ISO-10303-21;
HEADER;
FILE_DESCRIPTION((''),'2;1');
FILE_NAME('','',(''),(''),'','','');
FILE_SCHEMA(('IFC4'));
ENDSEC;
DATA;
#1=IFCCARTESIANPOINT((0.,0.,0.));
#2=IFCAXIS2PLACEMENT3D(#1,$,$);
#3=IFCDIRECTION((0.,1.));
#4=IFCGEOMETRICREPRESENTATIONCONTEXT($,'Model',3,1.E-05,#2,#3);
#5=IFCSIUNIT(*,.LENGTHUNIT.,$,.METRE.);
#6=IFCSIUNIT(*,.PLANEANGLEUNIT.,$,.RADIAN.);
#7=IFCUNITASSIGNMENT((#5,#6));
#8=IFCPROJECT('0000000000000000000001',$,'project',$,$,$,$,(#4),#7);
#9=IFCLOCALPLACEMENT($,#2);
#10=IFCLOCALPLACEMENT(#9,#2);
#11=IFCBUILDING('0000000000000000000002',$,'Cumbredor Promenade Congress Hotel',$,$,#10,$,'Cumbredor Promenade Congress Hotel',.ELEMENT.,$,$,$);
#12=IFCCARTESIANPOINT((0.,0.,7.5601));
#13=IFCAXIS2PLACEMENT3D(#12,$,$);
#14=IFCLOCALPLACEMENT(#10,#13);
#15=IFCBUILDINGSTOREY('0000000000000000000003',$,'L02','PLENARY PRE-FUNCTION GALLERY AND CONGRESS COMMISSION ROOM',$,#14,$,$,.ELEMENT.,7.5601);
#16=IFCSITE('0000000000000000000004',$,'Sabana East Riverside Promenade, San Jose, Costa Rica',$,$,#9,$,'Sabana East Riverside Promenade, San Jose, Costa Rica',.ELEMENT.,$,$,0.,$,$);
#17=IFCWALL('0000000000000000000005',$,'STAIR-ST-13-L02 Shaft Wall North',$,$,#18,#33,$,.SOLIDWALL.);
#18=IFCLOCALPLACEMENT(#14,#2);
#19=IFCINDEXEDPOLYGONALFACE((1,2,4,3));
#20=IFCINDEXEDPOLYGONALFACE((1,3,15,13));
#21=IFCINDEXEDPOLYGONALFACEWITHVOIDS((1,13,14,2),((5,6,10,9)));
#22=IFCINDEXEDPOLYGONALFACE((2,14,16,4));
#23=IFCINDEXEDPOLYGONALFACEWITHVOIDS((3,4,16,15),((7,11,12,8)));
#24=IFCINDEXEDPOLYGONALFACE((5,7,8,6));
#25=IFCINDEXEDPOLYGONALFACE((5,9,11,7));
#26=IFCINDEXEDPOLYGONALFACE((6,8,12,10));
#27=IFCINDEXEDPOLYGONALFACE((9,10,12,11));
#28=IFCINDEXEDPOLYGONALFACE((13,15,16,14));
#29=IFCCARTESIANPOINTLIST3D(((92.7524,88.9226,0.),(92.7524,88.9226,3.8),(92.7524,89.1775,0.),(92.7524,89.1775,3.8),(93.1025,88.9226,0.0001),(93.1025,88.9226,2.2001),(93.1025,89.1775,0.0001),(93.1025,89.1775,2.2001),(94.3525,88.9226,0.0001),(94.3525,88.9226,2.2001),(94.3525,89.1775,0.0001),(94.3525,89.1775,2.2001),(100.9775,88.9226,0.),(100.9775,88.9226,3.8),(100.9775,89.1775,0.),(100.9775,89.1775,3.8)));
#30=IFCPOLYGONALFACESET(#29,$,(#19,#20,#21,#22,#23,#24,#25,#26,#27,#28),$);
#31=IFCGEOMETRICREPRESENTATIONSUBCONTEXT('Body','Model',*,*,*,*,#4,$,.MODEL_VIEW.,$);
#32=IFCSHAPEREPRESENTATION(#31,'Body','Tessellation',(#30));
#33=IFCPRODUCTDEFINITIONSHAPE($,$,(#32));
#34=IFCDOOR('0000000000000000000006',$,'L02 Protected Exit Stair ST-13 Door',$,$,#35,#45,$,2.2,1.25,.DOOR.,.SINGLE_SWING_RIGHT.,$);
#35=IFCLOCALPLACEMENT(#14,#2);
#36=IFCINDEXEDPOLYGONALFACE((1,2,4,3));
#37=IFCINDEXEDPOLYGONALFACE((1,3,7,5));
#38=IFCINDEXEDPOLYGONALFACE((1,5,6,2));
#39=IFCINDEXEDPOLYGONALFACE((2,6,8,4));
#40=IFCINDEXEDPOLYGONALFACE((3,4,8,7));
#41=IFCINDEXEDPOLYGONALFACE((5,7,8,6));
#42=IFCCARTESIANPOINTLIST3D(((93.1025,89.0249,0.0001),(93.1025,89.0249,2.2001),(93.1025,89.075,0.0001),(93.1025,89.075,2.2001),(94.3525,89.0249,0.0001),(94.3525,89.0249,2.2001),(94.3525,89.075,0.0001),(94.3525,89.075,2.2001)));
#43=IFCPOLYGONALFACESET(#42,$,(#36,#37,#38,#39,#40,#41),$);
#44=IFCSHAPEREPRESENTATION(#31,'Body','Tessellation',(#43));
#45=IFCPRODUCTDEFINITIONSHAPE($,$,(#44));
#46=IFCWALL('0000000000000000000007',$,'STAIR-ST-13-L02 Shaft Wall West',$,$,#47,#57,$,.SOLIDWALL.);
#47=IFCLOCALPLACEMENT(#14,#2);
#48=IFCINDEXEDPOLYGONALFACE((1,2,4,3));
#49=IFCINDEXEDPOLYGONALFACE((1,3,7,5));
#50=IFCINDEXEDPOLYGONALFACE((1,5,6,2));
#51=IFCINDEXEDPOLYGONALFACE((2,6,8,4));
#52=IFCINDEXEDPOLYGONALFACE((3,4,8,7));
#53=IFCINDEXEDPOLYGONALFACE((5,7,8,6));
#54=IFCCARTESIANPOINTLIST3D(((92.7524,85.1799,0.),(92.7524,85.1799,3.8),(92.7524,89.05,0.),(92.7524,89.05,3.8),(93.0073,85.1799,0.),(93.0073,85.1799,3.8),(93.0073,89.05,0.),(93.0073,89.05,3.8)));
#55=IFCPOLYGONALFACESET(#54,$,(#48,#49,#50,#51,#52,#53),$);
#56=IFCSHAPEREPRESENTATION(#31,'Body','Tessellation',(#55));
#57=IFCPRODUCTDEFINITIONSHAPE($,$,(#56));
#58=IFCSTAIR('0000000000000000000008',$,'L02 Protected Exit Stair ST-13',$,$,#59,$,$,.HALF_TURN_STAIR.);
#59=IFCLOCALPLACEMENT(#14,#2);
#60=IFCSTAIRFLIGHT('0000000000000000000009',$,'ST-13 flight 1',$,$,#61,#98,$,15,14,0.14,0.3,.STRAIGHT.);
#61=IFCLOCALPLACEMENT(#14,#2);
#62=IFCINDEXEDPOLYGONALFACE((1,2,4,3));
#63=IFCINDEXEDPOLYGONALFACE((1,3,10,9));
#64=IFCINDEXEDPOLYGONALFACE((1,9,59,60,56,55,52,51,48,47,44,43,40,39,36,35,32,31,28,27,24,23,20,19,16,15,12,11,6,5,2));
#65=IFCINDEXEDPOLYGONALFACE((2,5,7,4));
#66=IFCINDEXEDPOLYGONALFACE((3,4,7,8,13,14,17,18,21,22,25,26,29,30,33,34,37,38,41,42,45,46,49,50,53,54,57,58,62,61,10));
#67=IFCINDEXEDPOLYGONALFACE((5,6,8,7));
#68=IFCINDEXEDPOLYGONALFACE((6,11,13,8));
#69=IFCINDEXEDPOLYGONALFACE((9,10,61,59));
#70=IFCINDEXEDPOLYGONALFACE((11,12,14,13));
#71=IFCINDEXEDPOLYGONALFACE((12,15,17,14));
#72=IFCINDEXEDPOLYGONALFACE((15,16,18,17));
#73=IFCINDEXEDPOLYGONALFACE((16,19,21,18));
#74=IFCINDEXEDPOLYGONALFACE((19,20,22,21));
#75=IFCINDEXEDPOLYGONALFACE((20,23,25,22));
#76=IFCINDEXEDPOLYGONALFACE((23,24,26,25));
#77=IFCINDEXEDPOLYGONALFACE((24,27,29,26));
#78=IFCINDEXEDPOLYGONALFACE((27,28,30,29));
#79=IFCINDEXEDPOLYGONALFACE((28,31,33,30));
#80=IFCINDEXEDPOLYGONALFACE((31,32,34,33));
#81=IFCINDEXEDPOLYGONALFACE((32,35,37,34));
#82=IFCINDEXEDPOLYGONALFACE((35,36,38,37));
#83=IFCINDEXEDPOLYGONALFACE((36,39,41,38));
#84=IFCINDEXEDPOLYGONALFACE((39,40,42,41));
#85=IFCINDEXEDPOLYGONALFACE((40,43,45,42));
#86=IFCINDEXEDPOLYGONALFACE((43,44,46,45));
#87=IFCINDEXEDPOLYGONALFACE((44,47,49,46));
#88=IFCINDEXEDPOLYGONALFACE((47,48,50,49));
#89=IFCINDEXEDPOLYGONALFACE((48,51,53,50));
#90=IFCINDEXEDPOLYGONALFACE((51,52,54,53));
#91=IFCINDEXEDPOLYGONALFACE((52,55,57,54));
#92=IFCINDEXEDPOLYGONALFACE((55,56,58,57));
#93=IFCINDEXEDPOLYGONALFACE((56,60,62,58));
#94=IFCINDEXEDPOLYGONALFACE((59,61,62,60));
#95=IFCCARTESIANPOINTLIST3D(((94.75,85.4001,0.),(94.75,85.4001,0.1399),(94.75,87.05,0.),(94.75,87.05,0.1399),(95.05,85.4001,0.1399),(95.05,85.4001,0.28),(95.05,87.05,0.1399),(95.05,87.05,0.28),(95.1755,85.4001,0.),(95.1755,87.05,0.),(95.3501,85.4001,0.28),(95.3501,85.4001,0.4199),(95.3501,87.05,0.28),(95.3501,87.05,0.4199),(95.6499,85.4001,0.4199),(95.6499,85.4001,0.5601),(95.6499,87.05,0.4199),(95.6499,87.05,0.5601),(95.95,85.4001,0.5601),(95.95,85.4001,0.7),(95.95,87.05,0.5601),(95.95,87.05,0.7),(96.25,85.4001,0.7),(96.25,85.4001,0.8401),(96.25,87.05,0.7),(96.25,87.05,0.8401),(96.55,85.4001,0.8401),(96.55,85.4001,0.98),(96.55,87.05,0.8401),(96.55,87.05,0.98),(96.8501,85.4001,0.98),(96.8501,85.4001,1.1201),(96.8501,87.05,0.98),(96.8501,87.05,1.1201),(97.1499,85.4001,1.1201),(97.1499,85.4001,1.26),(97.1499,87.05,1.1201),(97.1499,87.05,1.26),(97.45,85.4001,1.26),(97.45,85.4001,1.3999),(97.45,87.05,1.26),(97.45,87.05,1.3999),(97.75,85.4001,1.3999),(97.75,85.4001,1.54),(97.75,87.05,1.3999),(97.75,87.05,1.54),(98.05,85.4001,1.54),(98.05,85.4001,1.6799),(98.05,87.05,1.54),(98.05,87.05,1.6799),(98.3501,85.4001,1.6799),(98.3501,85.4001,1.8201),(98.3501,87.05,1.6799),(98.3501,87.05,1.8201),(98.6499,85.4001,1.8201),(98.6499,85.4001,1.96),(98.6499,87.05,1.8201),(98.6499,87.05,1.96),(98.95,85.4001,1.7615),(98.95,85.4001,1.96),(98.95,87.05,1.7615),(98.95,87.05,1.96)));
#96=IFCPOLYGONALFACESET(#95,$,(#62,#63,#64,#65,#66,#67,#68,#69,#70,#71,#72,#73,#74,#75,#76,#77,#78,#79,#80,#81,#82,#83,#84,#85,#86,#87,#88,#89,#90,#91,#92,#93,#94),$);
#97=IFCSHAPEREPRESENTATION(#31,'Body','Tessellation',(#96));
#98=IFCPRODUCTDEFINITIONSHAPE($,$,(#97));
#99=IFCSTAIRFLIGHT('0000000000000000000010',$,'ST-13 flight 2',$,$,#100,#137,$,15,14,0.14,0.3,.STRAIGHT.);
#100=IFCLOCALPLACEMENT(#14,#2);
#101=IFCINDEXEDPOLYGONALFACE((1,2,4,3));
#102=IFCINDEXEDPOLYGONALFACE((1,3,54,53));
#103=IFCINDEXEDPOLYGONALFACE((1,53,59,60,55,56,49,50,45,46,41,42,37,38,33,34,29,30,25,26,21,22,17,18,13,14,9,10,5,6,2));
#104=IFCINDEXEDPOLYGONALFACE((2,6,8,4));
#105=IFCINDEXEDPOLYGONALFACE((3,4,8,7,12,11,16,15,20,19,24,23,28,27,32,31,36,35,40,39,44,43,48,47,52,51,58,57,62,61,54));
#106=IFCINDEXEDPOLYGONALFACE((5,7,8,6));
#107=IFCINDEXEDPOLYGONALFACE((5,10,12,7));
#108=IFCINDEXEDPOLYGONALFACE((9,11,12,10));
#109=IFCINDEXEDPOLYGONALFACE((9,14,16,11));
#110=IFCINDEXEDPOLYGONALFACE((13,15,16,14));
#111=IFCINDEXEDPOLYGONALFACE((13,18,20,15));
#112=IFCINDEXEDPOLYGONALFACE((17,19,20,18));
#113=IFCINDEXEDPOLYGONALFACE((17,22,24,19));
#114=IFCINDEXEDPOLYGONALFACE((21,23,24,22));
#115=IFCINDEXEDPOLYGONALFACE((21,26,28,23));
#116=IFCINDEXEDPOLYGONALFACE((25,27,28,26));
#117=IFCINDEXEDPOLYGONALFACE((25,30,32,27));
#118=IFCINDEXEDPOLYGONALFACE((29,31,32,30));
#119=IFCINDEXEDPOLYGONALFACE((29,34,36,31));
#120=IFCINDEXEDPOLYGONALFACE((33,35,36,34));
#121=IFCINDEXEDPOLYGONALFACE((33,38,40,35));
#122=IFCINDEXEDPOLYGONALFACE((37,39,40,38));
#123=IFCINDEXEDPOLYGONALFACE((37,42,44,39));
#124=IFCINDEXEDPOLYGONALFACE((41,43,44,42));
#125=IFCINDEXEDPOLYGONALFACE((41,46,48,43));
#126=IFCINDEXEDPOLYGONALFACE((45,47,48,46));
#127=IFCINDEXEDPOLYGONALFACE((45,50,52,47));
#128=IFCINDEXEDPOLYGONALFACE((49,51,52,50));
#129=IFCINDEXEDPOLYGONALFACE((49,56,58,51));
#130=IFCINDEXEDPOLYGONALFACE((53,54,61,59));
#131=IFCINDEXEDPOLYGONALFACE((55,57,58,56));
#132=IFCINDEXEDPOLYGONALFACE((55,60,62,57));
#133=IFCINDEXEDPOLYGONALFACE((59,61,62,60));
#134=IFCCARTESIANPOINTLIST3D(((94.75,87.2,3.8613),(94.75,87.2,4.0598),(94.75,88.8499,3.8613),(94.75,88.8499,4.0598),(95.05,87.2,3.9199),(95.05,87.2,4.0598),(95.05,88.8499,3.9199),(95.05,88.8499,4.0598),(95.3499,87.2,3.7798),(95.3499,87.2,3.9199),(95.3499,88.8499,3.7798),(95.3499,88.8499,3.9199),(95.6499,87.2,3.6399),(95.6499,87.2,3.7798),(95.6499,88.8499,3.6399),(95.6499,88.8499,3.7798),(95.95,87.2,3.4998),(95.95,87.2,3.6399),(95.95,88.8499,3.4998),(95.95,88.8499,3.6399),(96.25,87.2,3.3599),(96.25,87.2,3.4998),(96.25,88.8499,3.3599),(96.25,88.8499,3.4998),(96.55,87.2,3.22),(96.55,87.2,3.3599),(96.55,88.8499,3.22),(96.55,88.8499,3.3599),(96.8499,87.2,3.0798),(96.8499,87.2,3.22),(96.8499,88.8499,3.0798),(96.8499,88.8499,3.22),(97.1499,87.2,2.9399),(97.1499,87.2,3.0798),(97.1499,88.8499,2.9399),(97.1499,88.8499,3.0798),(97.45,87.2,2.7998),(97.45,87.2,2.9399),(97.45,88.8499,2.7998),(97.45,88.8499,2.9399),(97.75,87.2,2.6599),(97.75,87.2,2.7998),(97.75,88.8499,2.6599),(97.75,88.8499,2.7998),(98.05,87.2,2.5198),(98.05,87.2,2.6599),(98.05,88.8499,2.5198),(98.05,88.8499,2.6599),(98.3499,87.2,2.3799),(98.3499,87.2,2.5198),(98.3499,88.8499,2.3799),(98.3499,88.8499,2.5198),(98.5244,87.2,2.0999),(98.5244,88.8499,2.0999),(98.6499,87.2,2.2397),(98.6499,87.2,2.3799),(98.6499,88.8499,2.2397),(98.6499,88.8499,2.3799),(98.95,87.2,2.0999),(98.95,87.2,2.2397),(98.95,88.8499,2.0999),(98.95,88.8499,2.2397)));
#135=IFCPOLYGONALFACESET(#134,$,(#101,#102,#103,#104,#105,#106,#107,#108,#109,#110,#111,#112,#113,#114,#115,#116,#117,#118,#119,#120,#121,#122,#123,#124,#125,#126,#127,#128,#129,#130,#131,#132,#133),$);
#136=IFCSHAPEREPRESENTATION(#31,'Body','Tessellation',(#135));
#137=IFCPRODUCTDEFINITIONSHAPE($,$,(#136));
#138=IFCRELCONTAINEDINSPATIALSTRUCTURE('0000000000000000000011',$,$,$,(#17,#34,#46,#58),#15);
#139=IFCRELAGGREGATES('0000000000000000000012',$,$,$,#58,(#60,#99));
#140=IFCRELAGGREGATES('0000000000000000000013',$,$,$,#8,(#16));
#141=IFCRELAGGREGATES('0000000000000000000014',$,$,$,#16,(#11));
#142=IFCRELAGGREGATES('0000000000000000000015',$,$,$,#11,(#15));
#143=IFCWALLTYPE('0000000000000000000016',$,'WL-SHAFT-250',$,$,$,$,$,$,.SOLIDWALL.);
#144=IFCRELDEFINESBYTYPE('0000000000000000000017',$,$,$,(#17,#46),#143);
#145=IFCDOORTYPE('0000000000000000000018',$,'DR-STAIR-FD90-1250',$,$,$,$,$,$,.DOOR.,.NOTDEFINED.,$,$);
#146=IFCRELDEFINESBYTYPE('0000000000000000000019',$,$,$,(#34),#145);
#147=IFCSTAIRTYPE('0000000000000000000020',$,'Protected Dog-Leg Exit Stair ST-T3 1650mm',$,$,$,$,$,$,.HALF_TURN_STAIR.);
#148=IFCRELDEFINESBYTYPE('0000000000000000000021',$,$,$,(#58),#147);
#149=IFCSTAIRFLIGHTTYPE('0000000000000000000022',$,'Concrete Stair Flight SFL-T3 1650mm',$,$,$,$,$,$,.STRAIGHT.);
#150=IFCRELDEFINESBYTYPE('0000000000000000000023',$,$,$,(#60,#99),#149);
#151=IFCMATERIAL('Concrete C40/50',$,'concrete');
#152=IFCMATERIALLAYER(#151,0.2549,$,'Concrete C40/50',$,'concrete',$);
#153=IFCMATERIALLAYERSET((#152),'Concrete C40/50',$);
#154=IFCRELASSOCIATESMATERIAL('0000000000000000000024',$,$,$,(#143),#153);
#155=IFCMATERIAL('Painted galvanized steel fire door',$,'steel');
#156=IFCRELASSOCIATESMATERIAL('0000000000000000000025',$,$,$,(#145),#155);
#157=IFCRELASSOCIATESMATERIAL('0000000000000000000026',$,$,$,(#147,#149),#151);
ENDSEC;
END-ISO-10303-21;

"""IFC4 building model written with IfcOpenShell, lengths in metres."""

from ifc_helpers import new_model, si_unit, direction, frame, frame_2d, origin, place, context, subcontext, project, spatial, polyline, rectangle, outline, extrude, material, layer, layer_set, type_object, element, fill, aggregate, save


model = new_model("IFC4")

# Units and contexts
model_context = context("Model", 3, precision=1e-05, world=origin(), true_north=direction((0.0, 1.0)))
body_context = subcontext(model_context, "Body", "Model", "MODEL_VIEW")
ifc_project = project(units=[si_unit("LENGTHUNIT", "METRE"), si_unit("PLANEANGLEUNIT", "RADIAN")], contexts=[model_context])

# Site, building, storey
site_placement = place(None, origin())
site = spatial("IfcSite", under=ifc_project, at=site_placement, Name="Sabana East Riverside Promenade, San Jose, Costa Rica", LongName="Sabana East Riverside Promenade, San Jose, Costa Rica", CompositionType="ELEMENT", RefElevation=0.0)
building_placement = place(site_placement, origin())
building = spatial("IfcBuilding", under=site, at=building_placement, Name="Cumbredor Promenade Congress Hotel", LongName="Cumbredor Promenade Congress Hotel", CompositionType="ELEMENT")
storey_placement = place(building_placement, frame((0.0, 0.0, 7.5601)))
storey = spatial("IfcBuildingStorey", under=building, at=storey_placement, Name="L02", Description="PLENARY PRE-FUNCTION GALLERY AND CONGRESS COMMISSION ROOM", CompositionType="ELEMENT", Elevation=7.5601)

# Shared definitions
ifc_material_1 = material(Name="Concrete C40/50", Category="concrete")

# Shared definitions
ifc_layer_1 = layer(ifc_material_1, 0.2549, Name="Concrete C40/50", Category="concrete")
ifc_layer_set_1 = layer_set([ifc_layer_1], Name="Concrete C40/50")
wall_type_1 = type_object("IfcWallType", Name="WL-SHAFT-250", PredefinedType="SOLIDWALL", material=ifc_layer_set_1)

# Wall, opening, door
wall_1_placement = place(storey_placement, frame((92.7524, 89.05, 0.0), z_axis=(0.0, 0.0, 1.0), x_axis=(1.0, 0.0, 0.0)))
wall_1 = element("IfcWall", 1, at=wall_1_placement, inside=storey, type_object=wall_type_1, Name="STAIR-ST-13-L02 Shaft Wall North", PredefinedType="SOLIDWALL", context=body_context, shape_type="SweptSolid", body=[
    extrude(rectangle(XDim=8.2251, YDim=0.2549, at=frame_2d((4.1125, 0.0))), origin(), (0.0, 0.0, 1.0), 3.8),
])
opening_1_placement = place(wall_1_placement, frame((0.3501, 0.0, 0.0)))
opening_1 = element("IfcOpeningElement", 2, at=opening_1_placement, cuts=wall_1, PredefinedType="OPENING", context=body_context, shape_type="SweptSolid", body=[
    extrude(rectangle(XDim=1.25, YDim=2.2, at=frame_2d((0.625, 1.1001))), frame((0.0, 0.1375, 0.0), z_axis=(0.0, -1.0, 0.0), x_axis=(1.0, 0.0, 0.0)), (0.0, 0.0, 1.0), 0.2749),
])
ifc_material_2 = material(Name="Painted galvanized steel fire door", Category="steel")
door_type = type_object("IfcDoorType", Name="DR-STAIR-FD90-1250", OperationType="NOTDEFINED", PredefinedType="DOOR", material=ifc_material_2)
door_placement = place(opening_1_placement, origin())
door = element("IfcDoor", 3, at=door_placement, inside=storey, type_object=door_type, Name="L02 Protected Exit Stair ST-13 Door", OperationType="SINGLE_SWING_RIGHT", OverallHeight=2.2, OverallWidth=1.25, PredefinedType="DOOR", context=body_context, shape_type="SweptSolid", body=[
    extrude(rectangle(XDim=1.25, YDim=2.2, at=frame_2d((0.625, 1.1001))), frame((0.0, 0.0249, 0.0), z_axis=(0.0, -1.0, 0.0), x_axis=(1.0, 0.0, 0.0)), (0.0, 0.0, 1.0), 0.05),
])
fill(opening_1, door)

# Wall
wall_2_placement = place(storey_placement, frame((92.8799, 85.1799, 0.0), z_axis=(0.0, 0.0, 1.0), x_axis=(0.0, 1.0, 0.0)))
element("IfcWall", 4, at=wall_2_placement, inside=storey, type_object=wall_type_1, Name="STAIR-ST-13-L02 Shaft Wall West", PredefinedType="SOLIDWALL", context=body_context, shape_type="SweptSolid", body=[
    extrude(rectangle(XDim=3.8701, YDim=0.2549, at=frame_2d((1.9351, 0.0))), origin(), (0.0, 0.0, 1.0), 3.8),
])

# Stair, stair flights
stair_type = type_object("IfcStairType", Name="Protected Dog-Leg Exit Stair ST-T3 1650mm", PredefinedType="HALF_TURN_STAIR", material=ifc_material_1)
stair_placement = place(storey_placement, origin())
stair = element("IfcStair", 5, at=stair_placement, inside=storey, type_object=stair_type, Name="L02 Protected Exit Stair ST-13", PredefinedType="HALF_TURN_STAIR")
stair_flight_type = type_object("IfcStairFlightType", Name="Concrete Stair Flight SFL-T3 1650mm", PredefinedType="STRAIGHT", material=ifc_material_1)
stair_flight_1_placement = place(storey_placement, frame((94.75, 86.2251, 0.0), z_axis=(0.0, 0.0, 1.0), x_axis=(1.0, 0.0, 0.0)))
stair_flight_1 = element("IfcStairFlight", 6, at=stair_flight_1_placement, type_object=stair_flight_type, Name="ST-13 flight 1", NumberOfRisers=15, NumberOfTreads=14, PredefinedType="STRAIGHT", RiserHeight=0.14, TreadLength=0.3, context=body_context, shape_type="SweptSolid", body=[
    extrude(outline(polyline([(0.0, 0.0), (0.0, 0.1399), (0.3, 0.1399), (0.3, 0.28), (0.6001, 0.28), (0.6001, 0.4199), (0.8999, 0.4199), (0.8999, 0.5601), (1.2, 0.5601), (1.2, 0.7), (1.5, 0.7), (1.5, 0.8401), (1.8, 0.8401), (1.8, 0.98), (2.1001, 0.98), (2.1001, 1.1201), (2.3999, 1.1201), (2.3999, 1.26), (2.7, 1.26), (2.7, 1.3999), (3.0, 1.3999), (3.0, 1.54), (3.3, 1.54), (3.3, 1.6799), (3.6001, 1.6799), (3.6001, 1.8201), (3.8999, 1.8201), (3.8999, 1.96), (4.2, 1.96), (4.2, 2.1001), (4.2, 1.7615), (0.4255, 0.0), (0.0, 0.0)])), frame((0.0, 0.825, 0.0), z_axis=(0.0, -1.0, 0.0), x_axis=(1.0, 0.0, 0.0)), (0.0, 0.0, 1.0), 1.6499),
])
stair_flight_2_placement = place(storey_placement, frame((98.95, 88.0249, 2.0999), z_axis=(0.0, 0.0, 1.0), x_axis=(-1.0, 0.0, 0.0)))
stair_flight_2 = element("IfcStairFlight", 7, at=stair_flight_2_placement, type_object=stair_flight_type, Name="ST-13 flight 2", NumberOfRisers=15, NumberOfTreads=14, PredefinedType="STRAIGHT", RiserHeight=0.14, TreadLength=0.3, context=body_context, shape_type="SweptSolid", body=[
    extrude(outline(polyline([(0.0, 0.0), (0.0, 0.1399), (0.3, 0.1399), (0.3, 0.28), (0.6001, 0.28), (0.6001, 0.4199), (0.8999, 0.4199), (0.8999, 0.5601), (1.2, 0.5601), (1.2, 0.7), (1.5, 0.7), (1.5, 0.8401), (1.8, 0.8401), (1.8, 0.98), (2.1001, 0.98), (2.1001, 1.1201), (2.3999, 1.1201), (2.3999, 1.26), (2.7, 1.26), (2.7, 1.3999), (3.0, 1.3999), (3.0, 1.54), (3.3, 1.54), (3.3, 1.6799), (3.6001, 1.6799), (3.6001, 1.8201), (3.8999, 1.8201), (3.8999, 1.96), (4.2, 1.96), (4.2, 2.1001), (4.2, 1.7615), (0.4255, 0.0), (0.0, 0.0)])), frame((0.0, 0.825, 0.0), z_axis=(0.0, -1.0, 0.0), x_axis=(1.0, 0.0, 0.0)), (0.0, 0.0, 1.0), 1.6499),
])
aggregate(stair, [stair_flight_1, stair_flight_2])

save(model, "model.ifc")
